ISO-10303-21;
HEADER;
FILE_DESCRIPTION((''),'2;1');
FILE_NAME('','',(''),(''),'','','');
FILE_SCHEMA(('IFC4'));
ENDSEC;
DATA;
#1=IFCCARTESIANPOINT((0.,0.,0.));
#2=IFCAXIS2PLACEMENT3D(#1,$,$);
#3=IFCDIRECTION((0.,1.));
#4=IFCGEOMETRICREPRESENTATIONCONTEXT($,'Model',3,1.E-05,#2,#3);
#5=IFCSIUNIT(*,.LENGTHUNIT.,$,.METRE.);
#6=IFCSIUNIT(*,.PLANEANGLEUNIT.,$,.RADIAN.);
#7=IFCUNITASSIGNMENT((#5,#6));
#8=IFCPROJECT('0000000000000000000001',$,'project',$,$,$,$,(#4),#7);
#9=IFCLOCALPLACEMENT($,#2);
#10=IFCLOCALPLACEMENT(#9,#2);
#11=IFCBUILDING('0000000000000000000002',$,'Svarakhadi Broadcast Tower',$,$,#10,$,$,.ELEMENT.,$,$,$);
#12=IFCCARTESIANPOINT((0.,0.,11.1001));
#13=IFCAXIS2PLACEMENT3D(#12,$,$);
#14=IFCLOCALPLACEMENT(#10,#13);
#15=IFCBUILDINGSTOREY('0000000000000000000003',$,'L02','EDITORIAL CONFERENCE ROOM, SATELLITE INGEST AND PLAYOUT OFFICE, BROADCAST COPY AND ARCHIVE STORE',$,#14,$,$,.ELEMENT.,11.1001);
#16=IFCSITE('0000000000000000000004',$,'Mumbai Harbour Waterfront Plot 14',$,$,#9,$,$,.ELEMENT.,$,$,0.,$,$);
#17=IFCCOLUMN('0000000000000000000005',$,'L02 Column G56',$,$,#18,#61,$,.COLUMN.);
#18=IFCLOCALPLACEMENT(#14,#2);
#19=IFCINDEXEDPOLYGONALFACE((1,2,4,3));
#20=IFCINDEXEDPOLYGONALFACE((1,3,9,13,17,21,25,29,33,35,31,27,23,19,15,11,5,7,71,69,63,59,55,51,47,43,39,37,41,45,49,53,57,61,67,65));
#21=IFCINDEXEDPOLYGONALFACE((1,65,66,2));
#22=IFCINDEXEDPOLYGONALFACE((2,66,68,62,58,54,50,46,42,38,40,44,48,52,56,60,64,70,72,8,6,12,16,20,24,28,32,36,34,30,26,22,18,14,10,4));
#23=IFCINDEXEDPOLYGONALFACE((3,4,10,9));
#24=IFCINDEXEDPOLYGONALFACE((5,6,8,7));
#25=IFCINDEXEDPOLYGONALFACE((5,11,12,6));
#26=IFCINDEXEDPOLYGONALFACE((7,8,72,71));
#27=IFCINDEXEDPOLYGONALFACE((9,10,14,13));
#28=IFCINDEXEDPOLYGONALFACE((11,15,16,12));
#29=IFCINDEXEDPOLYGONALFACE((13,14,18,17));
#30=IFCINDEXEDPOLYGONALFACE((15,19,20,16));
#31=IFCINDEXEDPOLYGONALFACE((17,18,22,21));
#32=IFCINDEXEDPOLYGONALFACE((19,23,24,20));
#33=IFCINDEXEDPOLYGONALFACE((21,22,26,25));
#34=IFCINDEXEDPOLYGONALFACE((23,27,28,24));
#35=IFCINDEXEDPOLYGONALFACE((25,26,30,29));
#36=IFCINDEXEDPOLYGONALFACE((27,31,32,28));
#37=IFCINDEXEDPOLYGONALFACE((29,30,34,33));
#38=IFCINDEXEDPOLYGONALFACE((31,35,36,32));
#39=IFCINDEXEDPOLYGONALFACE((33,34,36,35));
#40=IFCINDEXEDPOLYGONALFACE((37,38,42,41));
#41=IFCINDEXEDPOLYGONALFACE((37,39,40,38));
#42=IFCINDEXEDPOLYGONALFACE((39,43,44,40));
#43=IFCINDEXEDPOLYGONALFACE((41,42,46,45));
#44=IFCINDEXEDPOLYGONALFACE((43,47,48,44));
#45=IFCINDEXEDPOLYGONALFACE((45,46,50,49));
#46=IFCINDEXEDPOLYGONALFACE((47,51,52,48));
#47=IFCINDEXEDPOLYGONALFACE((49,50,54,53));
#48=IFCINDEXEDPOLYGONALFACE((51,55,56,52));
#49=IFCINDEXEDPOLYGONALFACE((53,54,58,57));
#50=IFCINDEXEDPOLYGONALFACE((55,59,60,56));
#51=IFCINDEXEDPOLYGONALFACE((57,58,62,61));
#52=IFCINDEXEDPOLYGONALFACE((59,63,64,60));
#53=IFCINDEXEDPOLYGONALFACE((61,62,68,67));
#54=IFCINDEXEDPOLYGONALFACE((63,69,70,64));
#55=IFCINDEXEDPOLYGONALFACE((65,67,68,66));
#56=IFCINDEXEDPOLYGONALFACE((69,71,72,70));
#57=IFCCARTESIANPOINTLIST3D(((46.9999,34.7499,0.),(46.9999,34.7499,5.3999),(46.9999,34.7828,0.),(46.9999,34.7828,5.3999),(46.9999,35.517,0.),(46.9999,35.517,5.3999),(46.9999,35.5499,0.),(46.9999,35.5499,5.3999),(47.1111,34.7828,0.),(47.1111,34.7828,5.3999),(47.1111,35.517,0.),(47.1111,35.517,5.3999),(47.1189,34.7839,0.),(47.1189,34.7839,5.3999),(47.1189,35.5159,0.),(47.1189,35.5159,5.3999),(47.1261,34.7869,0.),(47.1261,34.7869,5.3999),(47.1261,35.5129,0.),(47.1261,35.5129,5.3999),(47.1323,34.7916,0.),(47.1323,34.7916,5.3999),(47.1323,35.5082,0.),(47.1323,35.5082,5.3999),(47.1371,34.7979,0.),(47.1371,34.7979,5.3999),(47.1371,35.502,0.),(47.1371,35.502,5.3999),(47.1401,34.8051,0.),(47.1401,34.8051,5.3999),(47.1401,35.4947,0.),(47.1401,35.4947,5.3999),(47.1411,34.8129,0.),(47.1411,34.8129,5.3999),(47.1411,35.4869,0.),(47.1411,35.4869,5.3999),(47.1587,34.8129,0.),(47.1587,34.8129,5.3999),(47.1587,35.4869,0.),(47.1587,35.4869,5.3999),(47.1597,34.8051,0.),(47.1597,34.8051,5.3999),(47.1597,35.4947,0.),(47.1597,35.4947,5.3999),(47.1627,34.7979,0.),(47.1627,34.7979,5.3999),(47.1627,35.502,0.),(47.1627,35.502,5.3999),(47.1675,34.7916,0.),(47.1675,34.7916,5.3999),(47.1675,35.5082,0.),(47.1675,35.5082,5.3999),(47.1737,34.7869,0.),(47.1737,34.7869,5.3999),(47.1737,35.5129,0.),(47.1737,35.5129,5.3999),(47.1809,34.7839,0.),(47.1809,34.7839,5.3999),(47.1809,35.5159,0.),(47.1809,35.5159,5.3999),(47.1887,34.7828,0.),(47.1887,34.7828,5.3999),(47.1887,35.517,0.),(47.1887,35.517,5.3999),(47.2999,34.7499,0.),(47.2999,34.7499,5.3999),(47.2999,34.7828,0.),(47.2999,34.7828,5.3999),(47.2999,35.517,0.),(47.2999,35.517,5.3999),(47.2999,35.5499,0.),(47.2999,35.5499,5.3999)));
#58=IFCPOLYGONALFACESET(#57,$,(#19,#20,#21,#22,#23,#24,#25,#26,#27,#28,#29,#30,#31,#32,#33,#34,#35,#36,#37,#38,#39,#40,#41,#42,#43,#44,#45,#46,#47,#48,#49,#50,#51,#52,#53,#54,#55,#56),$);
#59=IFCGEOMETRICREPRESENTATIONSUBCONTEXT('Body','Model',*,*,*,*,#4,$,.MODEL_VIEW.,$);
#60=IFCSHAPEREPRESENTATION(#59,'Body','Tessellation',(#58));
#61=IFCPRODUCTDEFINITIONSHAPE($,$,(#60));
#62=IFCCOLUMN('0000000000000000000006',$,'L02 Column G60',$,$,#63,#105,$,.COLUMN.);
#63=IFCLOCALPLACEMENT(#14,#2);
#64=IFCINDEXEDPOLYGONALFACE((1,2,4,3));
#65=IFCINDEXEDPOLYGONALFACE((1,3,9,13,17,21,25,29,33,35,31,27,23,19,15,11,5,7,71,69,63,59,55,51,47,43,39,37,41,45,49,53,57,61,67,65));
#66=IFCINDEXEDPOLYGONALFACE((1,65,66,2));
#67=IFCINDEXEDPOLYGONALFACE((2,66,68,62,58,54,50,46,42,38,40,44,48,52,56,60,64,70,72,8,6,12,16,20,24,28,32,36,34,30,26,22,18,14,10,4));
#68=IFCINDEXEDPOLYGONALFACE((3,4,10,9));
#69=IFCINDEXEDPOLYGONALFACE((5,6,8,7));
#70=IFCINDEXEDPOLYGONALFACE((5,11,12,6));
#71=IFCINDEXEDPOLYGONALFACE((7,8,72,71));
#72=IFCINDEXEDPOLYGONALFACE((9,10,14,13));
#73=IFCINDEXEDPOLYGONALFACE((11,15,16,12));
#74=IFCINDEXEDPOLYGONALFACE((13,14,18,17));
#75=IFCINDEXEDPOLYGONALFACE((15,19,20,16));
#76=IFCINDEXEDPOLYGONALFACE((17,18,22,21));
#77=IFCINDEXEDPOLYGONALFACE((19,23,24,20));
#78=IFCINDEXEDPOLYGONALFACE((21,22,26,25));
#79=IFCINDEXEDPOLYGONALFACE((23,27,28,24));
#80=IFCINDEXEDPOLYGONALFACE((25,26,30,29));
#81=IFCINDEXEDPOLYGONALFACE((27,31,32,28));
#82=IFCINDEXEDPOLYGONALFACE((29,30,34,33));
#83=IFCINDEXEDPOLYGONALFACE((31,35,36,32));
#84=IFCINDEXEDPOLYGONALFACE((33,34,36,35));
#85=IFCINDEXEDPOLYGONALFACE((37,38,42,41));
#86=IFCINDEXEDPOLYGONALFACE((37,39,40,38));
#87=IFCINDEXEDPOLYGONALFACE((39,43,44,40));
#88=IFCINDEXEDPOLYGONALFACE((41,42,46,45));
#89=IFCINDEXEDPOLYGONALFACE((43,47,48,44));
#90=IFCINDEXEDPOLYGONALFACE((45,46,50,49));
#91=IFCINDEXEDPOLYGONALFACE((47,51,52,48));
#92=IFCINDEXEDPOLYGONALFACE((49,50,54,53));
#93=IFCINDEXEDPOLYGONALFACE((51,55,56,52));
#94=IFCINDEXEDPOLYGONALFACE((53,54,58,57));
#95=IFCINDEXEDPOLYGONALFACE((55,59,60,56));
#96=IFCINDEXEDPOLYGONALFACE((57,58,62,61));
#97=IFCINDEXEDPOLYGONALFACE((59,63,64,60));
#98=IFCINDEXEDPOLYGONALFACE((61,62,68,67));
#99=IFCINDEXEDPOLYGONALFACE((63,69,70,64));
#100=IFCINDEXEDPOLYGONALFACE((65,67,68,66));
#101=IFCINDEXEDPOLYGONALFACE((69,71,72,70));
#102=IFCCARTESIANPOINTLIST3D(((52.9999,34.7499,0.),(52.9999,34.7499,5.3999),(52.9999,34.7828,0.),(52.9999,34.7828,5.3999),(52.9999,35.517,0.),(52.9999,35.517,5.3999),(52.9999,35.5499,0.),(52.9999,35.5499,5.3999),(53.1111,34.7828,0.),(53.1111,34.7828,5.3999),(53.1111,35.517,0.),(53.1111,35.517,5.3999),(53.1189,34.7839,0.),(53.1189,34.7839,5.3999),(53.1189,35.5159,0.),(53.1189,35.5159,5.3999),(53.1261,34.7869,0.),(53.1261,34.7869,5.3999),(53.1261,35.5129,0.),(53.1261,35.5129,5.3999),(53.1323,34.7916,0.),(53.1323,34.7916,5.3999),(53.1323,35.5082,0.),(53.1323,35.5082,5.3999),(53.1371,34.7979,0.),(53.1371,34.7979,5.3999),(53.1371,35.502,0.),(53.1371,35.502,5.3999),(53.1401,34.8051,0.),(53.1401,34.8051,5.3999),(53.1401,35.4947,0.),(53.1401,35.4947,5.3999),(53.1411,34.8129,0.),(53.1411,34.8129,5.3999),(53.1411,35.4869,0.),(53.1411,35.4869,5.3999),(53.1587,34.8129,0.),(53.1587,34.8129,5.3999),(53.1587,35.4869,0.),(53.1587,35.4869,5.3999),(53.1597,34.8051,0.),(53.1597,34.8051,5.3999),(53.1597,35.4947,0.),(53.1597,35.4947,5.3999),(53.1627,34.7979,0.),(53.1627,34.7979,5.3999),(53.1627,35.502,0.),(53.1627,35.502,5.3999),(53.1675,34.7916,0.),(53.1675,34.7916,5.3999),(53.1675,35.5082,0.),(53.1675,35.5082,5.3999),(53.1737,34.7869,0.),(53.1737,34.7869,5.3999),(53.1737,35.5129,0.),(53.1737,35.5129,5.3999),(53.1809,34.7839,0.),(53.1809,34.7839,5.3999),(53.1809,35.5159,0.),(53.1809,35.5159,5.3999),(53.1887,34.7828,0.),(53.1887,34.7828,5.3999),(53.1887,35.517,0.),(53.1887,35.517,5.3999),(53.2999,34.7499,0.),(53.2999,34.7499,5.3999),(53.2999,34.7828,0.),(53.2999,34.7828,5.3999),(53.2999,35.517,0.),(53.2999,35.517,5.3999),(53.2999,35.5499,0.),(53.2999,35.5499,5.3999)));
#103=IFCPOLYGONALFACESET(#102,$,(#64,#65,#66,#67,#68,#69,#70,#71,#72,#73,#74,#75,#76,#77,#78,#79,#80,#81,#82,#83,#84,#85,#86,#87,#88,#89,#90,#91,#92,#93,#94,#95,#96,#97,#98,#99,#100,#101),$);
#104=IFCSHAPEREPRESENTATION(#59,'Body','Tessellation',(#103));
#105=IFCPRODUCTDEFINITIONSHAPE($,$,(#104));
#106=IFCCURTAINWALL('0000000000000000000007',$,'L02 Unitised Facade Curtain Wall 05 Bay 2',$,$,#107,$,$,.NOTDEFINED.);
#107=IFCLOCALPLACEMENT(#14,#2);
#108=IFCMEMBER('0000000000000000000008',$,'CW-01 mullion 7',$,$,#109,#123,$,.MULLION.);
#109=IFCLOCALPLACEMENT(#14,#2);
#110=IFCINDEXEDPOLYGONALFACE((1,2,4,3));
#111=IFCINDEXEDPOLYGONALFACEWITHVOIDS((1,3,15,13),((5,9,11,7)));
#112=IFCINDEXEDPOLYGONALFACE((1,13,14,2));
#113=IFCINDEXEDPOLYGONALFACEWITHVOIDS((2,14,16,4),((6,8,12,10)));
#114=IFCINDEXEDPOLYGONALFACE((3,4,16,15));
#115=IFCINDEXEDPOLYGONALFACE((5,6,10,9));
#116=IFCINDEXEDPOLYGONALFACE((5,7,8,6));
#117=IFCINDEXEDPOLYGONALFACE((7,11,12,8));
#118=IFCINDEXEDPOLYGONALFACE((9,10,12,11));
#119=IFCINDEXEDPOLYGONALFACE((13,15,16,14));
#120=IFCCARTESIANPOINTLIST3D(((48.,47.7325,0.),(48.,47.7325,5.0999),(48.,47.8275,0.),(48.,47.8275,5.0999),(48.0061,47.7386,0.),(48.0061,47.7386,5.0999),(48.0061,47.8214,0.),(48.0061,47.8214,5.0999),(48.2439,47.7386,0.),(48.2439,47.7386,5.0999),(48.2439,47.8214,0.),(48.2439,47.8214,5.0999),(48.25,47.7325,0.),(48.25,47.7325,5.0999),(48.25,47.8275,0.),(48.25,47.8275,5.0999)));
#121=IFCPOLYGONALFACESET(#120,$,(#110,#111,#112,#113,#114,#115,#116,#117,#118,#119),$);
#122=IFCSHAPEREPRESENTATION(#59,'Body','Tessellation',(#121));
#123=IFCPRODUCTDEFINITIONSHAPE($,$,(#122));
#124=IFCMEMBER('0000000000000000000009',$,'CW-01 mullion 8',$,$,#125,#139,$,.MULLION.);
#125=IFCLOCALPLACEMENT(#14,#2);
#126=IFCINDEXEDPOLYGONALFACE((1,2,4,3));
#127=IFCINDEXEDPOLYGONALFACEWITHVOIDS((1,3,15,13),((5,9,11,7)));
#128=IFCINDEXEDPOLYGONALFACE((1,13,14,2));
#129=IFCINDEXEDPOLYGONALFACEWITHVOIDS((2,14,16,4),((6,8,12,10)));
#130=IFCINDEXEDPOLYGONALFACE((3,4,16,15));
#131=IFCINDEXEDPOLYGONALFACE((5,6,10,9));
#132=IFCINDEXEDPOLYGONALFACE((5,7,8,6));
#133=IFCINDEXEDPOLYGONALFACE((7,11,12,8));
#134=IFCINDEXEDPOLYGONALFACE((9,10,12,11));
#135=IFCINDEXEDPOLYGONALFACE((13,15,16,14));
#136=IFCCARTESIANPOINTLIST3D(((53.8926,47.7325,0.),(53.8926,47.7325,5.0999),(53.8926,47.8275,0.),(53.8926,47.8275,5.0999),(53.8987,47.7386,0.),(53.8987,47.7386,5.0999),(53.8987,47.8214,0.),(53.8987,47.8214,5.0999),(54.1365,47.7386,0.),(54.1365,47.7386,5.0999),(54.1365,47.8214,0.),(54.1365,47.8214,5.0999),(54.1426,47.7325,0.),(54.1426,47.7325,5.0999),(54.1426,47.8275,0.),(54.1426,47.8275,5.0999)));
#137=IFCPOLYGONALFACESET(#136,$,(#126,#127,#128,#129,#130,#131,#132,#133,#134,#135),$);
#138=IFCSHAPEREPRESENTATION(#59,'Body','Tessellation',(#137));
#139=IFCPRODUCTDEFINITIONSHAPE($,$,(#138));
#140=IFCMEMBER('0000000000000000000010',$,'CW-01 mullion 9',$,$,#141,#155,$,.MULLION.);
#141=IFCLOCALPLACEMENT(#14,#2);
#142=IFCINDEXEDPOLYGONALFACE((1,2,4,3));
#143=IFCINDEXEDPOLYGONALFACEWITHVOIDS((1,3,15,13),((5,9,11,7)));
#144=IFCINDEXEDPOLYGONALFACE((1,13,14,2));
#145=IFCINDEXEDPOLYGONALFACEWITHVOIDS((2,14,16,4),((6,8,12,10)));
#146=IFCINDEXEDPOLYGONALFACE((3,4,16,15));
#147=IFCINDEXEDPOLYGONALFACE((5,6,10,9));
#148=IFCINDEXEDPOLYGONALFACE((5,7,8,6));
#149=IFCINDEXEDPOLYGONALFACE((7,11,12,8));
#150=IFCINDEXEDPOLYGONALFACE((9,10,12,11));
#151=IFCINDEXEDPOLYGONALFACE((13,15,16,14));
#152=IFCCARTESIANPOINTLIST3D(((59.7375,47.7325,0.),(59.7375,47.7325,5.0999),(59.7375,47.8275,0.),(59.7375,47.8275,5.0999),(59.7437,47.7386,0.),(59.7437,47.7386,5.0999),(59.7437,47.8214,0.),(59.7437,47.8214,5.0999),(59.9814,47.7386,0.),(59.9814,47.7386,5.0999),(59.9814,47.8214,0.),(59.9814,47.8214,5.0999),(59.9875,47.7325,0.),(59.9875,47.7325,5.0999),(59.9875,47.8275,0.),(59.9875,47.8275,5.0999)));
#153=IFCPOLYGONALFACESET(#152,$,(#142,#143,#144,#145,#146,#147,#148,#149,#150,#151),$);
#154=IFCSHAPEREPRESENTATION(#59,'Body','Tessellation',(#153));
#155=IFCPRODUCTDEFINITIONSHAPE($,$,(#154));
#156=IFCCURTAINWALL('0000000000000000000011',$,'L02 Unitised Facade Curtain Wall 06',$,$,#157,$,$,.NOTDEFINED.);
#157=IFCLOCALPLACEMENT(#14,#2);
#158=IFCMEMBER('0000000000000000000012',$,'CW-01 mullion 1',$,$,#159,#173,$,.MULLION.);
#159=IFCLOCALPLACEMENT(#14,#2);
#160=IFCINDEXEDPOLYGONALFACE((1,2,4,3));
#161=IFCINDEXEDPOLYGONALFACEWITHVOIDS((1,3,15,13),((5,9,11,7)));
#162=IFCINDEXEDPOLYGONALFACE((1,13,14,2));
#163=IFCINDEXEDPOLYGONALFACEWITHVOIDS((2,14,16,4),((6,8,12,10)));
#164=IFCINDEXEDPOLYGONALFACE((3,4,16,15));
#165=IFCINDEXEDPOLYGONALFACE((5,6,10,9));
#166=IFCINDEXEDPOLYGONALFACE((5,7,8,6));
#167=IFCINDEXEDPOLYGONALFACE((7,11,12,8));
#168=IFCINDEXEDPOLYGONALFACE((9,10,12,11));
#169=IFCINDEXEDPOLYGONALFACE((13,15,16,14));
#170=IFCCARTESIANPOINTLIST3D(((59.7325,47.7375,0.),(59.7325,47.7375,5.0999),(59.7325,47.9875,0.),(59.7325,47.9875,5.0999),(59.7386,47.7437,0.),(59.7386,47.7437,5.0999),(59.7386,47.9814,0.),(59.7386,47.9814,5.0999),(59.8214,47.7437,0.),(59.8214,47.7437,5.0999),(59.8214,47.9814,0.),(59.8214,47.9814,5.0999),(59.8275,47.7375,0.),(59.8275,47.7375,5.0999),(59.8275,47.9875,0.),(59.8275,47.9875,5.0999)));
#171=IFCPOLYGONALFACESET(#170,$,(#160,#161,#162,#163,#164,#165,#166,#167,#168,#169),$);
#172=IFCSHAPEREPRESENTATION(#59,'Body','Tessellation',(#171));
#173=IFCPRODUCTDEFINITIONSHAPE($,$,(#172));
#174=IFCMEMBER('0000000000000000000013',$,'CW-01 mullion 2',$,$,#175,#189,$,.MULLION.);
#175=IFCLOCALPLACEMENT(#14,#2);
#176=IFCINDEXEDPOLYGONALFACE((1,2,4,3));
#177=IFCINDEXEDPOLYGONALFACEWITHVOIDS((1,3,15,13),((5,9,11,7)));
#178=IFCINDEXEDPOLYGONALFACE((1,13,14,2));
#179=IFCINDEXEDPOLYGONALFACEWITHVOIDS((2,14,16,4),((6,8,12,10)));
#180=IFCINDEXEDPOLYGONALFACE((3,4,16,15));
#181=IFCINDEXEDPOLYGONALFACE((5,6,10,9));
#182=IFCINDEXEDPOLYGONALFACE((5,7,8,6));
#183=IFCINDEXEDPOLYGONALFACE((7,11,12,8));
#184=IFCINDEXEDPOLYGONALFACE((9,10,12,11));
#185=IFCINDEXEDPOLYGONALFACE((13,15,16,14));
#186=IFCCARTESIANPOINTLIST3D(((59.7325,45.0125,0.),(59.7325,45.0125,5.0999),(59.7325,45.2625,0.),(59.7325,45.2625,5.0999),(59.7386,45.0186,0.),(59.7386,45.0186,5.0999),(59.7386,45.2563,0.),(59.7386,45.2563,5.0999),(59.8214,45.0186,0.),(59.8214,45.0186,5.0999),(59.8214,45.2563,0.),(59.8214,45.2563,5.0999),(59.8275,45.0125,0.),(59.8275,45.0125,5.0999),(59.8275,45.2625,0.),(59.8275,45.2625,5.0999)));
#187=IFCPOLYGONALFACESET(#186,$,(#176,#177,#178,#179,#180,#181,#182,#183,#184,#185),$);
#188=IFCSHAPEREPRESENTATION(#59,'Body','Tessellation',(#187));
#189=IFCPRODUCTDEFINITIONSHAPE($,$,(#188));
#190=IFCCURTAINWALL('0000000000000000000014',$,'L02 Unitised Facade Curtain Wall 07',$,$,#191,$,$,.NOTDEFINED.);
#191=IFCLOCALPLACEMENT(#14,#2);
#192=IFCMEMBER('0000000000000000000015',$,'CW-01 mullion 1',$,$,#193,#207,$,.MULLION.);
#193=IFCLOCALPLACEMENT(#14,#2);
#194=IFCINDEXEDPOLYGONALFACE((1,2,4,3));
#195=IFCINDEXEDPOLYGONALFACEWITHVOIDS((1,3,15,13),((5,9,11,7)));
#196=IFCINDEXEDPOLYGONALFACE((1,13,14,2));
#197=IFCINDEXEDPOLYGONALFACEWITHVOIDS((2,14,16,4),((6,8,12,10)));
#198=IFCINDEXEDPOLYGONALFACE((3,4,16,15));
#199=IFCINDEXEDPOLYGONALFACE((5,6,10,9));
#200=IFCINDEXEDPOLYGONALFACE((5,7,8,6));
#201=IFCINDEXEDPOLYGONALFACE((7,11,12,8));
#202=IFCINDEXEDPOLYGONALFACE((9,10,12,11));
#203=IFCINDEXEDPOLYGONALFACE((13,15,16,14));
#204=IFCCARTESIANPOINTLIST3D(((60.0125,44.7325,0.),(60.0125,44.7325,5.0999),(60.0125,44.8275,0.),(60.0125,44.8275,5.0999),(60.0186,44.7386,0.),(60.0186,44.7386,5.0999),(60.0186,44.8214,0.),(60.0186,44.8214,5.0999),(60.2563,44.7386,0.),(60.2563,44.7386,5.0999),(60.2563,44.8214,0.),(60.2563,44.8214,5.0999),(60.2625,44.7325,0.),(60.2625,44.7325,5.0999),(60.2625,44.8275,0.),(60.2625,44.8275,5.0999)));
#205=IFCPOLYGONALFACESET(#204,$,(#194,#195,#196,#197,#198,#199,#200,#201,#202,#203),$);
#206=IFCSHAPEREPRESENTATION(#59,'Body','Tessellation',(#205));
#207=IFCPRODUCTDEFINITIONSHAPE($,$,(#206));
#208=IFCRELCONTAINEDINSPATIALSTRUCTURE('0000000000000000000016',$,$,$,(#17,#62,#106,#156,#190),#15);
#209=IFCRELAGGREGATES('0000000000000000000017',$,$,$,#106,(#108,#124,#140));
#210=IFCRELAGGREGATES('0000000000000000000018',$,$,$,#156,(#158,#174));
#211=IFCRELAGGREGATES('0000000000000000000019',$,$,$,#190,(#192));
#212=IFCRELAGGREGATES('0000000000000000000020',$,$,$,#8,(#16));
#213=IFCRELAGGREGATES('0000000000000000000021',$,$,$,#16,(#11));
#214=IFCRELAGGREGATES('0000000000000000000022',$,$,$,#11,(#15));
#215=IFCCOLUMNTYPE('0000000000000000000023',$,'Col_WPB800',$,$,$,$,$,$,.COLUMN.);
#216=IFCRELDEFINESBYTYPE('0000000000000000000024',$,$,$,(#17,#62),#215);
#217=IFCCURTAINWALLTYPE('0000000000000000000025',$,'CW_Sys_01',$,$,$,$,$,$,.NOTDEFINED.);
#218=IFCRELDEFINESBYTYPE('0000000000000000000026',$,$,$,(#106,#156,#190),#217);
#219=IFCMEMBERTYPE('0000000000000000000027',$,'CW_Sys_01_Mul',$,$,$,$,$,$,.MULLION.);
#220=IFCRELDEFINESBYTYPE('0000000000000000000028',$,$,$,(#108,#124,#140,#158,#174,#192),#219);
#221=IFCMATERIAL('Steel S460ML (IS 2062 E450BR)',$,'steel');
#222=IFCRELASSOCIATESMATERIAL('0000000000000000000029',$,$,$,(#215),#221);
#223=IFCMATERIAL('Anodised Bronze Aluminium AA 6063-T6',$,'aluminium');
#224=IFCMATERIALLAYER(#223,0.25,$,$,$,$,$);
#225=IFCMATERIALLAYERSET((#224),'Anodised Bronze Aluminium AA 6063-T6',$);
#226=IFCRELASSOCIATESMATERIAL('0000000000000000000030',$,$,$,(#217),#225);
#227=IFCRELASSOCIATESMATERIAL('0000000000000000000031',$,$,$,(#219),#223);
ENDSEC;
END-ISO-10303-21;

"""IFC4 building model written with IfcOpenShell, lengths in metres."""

from ifc_helpers import new_model, si_unit, direction, frame, origin, origin_2d, place, context, subcontext, project, spatial, hollow_rectangle, i_section, extrude, material, layer, layer_set, material_profile, profile_set, type_object, element, aggregate, save


model = new_model("IFC4")

# Units and contexts
model_context = context("Model", 3, precision=1e-05, world=origin(), true_north=direction((0.0, 1.0)))
body_context = subcontext(model_context, "Body", "Model", "MODEL_VIEW")
ifc_project = project(units=[si_unit("LENGTHUNIT", "METRE"), si_unit("PLANEANGLEUNIT", "RADIAN")], contexts=[model_context])

# Site, building, storey
site_placement = place(None, origin())
site = spatial("IfcSite", under=ifc_project, at=site_placement, Name="Mumbai Harbour Waterfront Plot 14", CompositionType="ELEMENT", RefElevation=0.0)
building_placement = place(site_placement, origin())
building = spatial("IfcBuilding", under=site, at=building_placement, Name="Svarakhadi Broadcast Tower", CompositionType="ELEMENT")
storey_placement = place(building_placement, frame((0.0, 0.0, 11.1001)))
storey = spatial("IfcBuildingStorey", under=building, at=storey_placement, Name="L02", Description="EDITORIAL CONFERENCE ROOM, SATELLITE INGEST AND PLAYOUT OFFICE, BROADCAST COPY AND ARCHIVE STORE", CompositionType="ELEMENT", Elevation=11.1001)

# Columns
ifc_material_1 = material(Name="Steel S460ML (IS 2062 E450BR)", Category="steel")
ifc_material_profile_1 = material_profile(ifc_material_1, i_section(OverallWidth=0.3, OverallDepth=0.8, WebThickness=0.0176, FlangeThickness=0.033, FilletRadius=0.03, at=origin_2d()), Name="WPB 800x300x262")
ifc_profile_set_1 = profile_set([ifc_material_profile_1], Name="Steel S460ML (IS 2062 E450BR)")
column_type = type_object("IfcColumnType", Name="Col_WPB800", PredefinedType="COLUMN", material=ifc_profile_set_1)
for number, where, z_axis, x_axis, name in (
    (1, (47.1499, 35.1499, 0.0), (0.0, 0.0, 1.0), (1.0, 0.0, 0.0), "L02 Column G56"),
    (2, (53.1499, 35.1499, 0.0), (0.0, 0.0, 1.0), (1.0, 0.0, 0.0), "L02 Column G60"),
):
    element("IfcColumn", number, at=place(storey_placement, frame(where, z_axis=z_axis, x_axis=x_axis)), inside=storey, type_object=column_type, Name=name, PredefinedType="COLUMN", context=body_context, shape_type="SweptSolid", body=[
        extrude(i_section(OverallWidth=0.3, OverallDepth=0.8, WebThickness=0.0176, FlangeThickness=0.033, FilletRadius=0.03, at=origin_2d()), origin(), (0.0, 0.0, 1.0), 5.3999),
    ])

# Curtain walls, members
ifc_material_2 = material(Name="Anodised Bronze Aluminium AA 6063-T6", Category="aluminium")
ifc_layer_1 = layer(ifc_material_2, 0.25)
ifc_layer_set_1 = layer_set([ifc_layer_1], Name="Anodised Bronze Aluminium AA 6063-T6")
curtain_wall_type = type_object("IfcCurtainWallType", Name="CW_Sys_01", PredefinedType="NOTDEFINED", material=ifc_layer_set_1)
curtain_wall_1_placement = place(storey_placement, origin())
curtain_wall_1 = element("IfcCurtainWall", 3, at=curtain_wall_1_placement, inside=storey, type_object=curtain_wall_type, Name="L02 Unitised Facade Curtain Wall 05 Bay 2", PredefinedType="NOTDEFINED")
ifc_material_profile_2 = material_profile(ifc_material_2, hollow_rectangle(XDim=0.095, YDim=0.25, WallThickness=0.0061, at=origin_2d()), Name="ALU MULLION 250x95x6")
ifc_profile_set_2 = profile_set([ifc_material_profile_2], Name="Anodised Bronze Aluminium AA 6063-T6")
member_type_1 = type_object("IfcMemberType", Name="CW_Sys_01_Mul", PredefinedType="MULLION", material=ifc_profile_set_2)
member_1_placement = place(storey_placement, frame((48.125, 47.78, 0.0), z_axis=(0.0, 0.0, 1.0), x_axis=(0.0, 1.0, 0.0)))
member_1 = element("IfcMember", 4, at=member_1_placement, type_object=member_type_1, Name="CW-01 mullion 7", PredefinedType="MULLION", context=body_context, shape_type="SweptSolid", body=[
    extrude(hollow_rectangle(XDim=0.095, YDim=0.25, WallThickness=0.0061, at=origin_2d()), origin(), (0.0, 0.0, 1.0), 5.0999),
])
member_2_placement = place(storey_placement, frame((54.0176, 47.78, 0.0), z_axis=(0.0, 0.0, 1.0), x_axis=(0.0, 1.0, 0.0)))
member_2 = element("IfcMember", 5, at=member_2_placement, type_object=member_type_1, Name="CW-01 mullion 8", PredefinedType="MULLION", context=body_context, shape_type="SweptSolid", body=[
    extrude(hollow_rectangle(XDim=0.095, YDim=0.25, WallThickness=0.0061, at=origin_2d()), origin(), (0.0, 0.0, 1.0), 5.0999),
])
member_3_placement = place(storey_placement, frame((59.8625, 47.78, 0.0), z_axis=(0.0, 0.0, 1.0), x_axis=(0.0, 1.0, 0.0)))
member_3 = element("IfcMember", 6, at=member_3_placement, type_object=member_type_1, Name="CW-01 mullion 9", PredefinedType="MULLION", context=body_context, shape_type="SweptSolid", body=[
    extrude(hollow_rectangle(XDim=0.095, YDim=0.25, WallThickness=0.0061, at=origin_2d()), origin(), (0.0, 0.0, 1.0), 5.0999),
])
curtain_wall_2_placement = place(storey_placement, origin())
curtain_wall_2 = element("IfcCurtainWall", 7, at=curtain_wall_2_placement, inside=storey, type_object=curtain_wall_type, Name="L02 Unitised Facade Curtain Wall 06", PredefinedType="NOTDEFINED")
member_4_placement = place(storey_placement, frame((59.78, 47.8625, 0.0), z_axis=(0.0, 0.0, 1.0), x_axis=(1.0, 0.0, 0.0)))
member_4 = element("IfcMember", 8, at=member_4_placement, type_object=member_type_1, Name="CW-01 mullion 1", PredefinedType="MULLION", context=body_context, shape_type="SweptSolid", body=[
    extrude(hollow_rectangle(XDim=0.095, YDim=0.25, WallThickness=0.0061, at=origin_2d()), origin(), (0.0, 0.0, 1.0), 5.0999),
])
member_5_placement = place(storey_placement, frame((59.78, 45.1375, 0.0), z_axis=(0.0, 0.0, 1.0), x_axis=(1.0, 0.0, 0.0)))
member_5 = element("IfcMember", 9, at=member_5_placement, type_object=member_type_1, Name="CW-01 mullion 2", PredefinedType="MULLION", context=body_context, shape_type="SweptSolid", body=[
    extrude(hollow_rectangle(XDim=0.095, YDim=0.25, WallThickness=0.0061, at=origin_2d()), origin(), (0.0, 0.0, 1.0), 5.0999),
])
curtain_wall_3_placement = place(storey_placement, origin())
curtain_wall_3 = element("IfcCurtainWall", 10, at=curtain_wall_3_placement, inside=storey, type_object=curtain_wall_type, Name="L02 Unitised Facade Curtain Wall 07", PredefinedType="NOTDEFINED")
member_6_placement = place(storey_placement, frame((60.1375, 44.78, 0.0), z_axis=(0.0, 0.0, 1.0), x_axis=(0.0, 1.0, 0.0)))
member_6 = element("IfcMember", 11, at=member_6_placement, type_object=member_type_1, Name="CW-01 mullion 1", PredefinedType="MULLION", context=body_context, shape_type="SweptSolid", body=[
    extrude(hollow_rectangle(XDim=0.095, YDim=0.25, WallThickness=0.0061, at=origin_2d()), origin(), (0.0, 0.0, 1.0), 5.0999),
])

aggregate(curtain_wall_1, [member_1, member_2, member_3])
aggregate(curtain_wall_2, [member_4, member_5])
aggregate(curtain_wall_3, [member_6])

save(model, "model.ifc")
